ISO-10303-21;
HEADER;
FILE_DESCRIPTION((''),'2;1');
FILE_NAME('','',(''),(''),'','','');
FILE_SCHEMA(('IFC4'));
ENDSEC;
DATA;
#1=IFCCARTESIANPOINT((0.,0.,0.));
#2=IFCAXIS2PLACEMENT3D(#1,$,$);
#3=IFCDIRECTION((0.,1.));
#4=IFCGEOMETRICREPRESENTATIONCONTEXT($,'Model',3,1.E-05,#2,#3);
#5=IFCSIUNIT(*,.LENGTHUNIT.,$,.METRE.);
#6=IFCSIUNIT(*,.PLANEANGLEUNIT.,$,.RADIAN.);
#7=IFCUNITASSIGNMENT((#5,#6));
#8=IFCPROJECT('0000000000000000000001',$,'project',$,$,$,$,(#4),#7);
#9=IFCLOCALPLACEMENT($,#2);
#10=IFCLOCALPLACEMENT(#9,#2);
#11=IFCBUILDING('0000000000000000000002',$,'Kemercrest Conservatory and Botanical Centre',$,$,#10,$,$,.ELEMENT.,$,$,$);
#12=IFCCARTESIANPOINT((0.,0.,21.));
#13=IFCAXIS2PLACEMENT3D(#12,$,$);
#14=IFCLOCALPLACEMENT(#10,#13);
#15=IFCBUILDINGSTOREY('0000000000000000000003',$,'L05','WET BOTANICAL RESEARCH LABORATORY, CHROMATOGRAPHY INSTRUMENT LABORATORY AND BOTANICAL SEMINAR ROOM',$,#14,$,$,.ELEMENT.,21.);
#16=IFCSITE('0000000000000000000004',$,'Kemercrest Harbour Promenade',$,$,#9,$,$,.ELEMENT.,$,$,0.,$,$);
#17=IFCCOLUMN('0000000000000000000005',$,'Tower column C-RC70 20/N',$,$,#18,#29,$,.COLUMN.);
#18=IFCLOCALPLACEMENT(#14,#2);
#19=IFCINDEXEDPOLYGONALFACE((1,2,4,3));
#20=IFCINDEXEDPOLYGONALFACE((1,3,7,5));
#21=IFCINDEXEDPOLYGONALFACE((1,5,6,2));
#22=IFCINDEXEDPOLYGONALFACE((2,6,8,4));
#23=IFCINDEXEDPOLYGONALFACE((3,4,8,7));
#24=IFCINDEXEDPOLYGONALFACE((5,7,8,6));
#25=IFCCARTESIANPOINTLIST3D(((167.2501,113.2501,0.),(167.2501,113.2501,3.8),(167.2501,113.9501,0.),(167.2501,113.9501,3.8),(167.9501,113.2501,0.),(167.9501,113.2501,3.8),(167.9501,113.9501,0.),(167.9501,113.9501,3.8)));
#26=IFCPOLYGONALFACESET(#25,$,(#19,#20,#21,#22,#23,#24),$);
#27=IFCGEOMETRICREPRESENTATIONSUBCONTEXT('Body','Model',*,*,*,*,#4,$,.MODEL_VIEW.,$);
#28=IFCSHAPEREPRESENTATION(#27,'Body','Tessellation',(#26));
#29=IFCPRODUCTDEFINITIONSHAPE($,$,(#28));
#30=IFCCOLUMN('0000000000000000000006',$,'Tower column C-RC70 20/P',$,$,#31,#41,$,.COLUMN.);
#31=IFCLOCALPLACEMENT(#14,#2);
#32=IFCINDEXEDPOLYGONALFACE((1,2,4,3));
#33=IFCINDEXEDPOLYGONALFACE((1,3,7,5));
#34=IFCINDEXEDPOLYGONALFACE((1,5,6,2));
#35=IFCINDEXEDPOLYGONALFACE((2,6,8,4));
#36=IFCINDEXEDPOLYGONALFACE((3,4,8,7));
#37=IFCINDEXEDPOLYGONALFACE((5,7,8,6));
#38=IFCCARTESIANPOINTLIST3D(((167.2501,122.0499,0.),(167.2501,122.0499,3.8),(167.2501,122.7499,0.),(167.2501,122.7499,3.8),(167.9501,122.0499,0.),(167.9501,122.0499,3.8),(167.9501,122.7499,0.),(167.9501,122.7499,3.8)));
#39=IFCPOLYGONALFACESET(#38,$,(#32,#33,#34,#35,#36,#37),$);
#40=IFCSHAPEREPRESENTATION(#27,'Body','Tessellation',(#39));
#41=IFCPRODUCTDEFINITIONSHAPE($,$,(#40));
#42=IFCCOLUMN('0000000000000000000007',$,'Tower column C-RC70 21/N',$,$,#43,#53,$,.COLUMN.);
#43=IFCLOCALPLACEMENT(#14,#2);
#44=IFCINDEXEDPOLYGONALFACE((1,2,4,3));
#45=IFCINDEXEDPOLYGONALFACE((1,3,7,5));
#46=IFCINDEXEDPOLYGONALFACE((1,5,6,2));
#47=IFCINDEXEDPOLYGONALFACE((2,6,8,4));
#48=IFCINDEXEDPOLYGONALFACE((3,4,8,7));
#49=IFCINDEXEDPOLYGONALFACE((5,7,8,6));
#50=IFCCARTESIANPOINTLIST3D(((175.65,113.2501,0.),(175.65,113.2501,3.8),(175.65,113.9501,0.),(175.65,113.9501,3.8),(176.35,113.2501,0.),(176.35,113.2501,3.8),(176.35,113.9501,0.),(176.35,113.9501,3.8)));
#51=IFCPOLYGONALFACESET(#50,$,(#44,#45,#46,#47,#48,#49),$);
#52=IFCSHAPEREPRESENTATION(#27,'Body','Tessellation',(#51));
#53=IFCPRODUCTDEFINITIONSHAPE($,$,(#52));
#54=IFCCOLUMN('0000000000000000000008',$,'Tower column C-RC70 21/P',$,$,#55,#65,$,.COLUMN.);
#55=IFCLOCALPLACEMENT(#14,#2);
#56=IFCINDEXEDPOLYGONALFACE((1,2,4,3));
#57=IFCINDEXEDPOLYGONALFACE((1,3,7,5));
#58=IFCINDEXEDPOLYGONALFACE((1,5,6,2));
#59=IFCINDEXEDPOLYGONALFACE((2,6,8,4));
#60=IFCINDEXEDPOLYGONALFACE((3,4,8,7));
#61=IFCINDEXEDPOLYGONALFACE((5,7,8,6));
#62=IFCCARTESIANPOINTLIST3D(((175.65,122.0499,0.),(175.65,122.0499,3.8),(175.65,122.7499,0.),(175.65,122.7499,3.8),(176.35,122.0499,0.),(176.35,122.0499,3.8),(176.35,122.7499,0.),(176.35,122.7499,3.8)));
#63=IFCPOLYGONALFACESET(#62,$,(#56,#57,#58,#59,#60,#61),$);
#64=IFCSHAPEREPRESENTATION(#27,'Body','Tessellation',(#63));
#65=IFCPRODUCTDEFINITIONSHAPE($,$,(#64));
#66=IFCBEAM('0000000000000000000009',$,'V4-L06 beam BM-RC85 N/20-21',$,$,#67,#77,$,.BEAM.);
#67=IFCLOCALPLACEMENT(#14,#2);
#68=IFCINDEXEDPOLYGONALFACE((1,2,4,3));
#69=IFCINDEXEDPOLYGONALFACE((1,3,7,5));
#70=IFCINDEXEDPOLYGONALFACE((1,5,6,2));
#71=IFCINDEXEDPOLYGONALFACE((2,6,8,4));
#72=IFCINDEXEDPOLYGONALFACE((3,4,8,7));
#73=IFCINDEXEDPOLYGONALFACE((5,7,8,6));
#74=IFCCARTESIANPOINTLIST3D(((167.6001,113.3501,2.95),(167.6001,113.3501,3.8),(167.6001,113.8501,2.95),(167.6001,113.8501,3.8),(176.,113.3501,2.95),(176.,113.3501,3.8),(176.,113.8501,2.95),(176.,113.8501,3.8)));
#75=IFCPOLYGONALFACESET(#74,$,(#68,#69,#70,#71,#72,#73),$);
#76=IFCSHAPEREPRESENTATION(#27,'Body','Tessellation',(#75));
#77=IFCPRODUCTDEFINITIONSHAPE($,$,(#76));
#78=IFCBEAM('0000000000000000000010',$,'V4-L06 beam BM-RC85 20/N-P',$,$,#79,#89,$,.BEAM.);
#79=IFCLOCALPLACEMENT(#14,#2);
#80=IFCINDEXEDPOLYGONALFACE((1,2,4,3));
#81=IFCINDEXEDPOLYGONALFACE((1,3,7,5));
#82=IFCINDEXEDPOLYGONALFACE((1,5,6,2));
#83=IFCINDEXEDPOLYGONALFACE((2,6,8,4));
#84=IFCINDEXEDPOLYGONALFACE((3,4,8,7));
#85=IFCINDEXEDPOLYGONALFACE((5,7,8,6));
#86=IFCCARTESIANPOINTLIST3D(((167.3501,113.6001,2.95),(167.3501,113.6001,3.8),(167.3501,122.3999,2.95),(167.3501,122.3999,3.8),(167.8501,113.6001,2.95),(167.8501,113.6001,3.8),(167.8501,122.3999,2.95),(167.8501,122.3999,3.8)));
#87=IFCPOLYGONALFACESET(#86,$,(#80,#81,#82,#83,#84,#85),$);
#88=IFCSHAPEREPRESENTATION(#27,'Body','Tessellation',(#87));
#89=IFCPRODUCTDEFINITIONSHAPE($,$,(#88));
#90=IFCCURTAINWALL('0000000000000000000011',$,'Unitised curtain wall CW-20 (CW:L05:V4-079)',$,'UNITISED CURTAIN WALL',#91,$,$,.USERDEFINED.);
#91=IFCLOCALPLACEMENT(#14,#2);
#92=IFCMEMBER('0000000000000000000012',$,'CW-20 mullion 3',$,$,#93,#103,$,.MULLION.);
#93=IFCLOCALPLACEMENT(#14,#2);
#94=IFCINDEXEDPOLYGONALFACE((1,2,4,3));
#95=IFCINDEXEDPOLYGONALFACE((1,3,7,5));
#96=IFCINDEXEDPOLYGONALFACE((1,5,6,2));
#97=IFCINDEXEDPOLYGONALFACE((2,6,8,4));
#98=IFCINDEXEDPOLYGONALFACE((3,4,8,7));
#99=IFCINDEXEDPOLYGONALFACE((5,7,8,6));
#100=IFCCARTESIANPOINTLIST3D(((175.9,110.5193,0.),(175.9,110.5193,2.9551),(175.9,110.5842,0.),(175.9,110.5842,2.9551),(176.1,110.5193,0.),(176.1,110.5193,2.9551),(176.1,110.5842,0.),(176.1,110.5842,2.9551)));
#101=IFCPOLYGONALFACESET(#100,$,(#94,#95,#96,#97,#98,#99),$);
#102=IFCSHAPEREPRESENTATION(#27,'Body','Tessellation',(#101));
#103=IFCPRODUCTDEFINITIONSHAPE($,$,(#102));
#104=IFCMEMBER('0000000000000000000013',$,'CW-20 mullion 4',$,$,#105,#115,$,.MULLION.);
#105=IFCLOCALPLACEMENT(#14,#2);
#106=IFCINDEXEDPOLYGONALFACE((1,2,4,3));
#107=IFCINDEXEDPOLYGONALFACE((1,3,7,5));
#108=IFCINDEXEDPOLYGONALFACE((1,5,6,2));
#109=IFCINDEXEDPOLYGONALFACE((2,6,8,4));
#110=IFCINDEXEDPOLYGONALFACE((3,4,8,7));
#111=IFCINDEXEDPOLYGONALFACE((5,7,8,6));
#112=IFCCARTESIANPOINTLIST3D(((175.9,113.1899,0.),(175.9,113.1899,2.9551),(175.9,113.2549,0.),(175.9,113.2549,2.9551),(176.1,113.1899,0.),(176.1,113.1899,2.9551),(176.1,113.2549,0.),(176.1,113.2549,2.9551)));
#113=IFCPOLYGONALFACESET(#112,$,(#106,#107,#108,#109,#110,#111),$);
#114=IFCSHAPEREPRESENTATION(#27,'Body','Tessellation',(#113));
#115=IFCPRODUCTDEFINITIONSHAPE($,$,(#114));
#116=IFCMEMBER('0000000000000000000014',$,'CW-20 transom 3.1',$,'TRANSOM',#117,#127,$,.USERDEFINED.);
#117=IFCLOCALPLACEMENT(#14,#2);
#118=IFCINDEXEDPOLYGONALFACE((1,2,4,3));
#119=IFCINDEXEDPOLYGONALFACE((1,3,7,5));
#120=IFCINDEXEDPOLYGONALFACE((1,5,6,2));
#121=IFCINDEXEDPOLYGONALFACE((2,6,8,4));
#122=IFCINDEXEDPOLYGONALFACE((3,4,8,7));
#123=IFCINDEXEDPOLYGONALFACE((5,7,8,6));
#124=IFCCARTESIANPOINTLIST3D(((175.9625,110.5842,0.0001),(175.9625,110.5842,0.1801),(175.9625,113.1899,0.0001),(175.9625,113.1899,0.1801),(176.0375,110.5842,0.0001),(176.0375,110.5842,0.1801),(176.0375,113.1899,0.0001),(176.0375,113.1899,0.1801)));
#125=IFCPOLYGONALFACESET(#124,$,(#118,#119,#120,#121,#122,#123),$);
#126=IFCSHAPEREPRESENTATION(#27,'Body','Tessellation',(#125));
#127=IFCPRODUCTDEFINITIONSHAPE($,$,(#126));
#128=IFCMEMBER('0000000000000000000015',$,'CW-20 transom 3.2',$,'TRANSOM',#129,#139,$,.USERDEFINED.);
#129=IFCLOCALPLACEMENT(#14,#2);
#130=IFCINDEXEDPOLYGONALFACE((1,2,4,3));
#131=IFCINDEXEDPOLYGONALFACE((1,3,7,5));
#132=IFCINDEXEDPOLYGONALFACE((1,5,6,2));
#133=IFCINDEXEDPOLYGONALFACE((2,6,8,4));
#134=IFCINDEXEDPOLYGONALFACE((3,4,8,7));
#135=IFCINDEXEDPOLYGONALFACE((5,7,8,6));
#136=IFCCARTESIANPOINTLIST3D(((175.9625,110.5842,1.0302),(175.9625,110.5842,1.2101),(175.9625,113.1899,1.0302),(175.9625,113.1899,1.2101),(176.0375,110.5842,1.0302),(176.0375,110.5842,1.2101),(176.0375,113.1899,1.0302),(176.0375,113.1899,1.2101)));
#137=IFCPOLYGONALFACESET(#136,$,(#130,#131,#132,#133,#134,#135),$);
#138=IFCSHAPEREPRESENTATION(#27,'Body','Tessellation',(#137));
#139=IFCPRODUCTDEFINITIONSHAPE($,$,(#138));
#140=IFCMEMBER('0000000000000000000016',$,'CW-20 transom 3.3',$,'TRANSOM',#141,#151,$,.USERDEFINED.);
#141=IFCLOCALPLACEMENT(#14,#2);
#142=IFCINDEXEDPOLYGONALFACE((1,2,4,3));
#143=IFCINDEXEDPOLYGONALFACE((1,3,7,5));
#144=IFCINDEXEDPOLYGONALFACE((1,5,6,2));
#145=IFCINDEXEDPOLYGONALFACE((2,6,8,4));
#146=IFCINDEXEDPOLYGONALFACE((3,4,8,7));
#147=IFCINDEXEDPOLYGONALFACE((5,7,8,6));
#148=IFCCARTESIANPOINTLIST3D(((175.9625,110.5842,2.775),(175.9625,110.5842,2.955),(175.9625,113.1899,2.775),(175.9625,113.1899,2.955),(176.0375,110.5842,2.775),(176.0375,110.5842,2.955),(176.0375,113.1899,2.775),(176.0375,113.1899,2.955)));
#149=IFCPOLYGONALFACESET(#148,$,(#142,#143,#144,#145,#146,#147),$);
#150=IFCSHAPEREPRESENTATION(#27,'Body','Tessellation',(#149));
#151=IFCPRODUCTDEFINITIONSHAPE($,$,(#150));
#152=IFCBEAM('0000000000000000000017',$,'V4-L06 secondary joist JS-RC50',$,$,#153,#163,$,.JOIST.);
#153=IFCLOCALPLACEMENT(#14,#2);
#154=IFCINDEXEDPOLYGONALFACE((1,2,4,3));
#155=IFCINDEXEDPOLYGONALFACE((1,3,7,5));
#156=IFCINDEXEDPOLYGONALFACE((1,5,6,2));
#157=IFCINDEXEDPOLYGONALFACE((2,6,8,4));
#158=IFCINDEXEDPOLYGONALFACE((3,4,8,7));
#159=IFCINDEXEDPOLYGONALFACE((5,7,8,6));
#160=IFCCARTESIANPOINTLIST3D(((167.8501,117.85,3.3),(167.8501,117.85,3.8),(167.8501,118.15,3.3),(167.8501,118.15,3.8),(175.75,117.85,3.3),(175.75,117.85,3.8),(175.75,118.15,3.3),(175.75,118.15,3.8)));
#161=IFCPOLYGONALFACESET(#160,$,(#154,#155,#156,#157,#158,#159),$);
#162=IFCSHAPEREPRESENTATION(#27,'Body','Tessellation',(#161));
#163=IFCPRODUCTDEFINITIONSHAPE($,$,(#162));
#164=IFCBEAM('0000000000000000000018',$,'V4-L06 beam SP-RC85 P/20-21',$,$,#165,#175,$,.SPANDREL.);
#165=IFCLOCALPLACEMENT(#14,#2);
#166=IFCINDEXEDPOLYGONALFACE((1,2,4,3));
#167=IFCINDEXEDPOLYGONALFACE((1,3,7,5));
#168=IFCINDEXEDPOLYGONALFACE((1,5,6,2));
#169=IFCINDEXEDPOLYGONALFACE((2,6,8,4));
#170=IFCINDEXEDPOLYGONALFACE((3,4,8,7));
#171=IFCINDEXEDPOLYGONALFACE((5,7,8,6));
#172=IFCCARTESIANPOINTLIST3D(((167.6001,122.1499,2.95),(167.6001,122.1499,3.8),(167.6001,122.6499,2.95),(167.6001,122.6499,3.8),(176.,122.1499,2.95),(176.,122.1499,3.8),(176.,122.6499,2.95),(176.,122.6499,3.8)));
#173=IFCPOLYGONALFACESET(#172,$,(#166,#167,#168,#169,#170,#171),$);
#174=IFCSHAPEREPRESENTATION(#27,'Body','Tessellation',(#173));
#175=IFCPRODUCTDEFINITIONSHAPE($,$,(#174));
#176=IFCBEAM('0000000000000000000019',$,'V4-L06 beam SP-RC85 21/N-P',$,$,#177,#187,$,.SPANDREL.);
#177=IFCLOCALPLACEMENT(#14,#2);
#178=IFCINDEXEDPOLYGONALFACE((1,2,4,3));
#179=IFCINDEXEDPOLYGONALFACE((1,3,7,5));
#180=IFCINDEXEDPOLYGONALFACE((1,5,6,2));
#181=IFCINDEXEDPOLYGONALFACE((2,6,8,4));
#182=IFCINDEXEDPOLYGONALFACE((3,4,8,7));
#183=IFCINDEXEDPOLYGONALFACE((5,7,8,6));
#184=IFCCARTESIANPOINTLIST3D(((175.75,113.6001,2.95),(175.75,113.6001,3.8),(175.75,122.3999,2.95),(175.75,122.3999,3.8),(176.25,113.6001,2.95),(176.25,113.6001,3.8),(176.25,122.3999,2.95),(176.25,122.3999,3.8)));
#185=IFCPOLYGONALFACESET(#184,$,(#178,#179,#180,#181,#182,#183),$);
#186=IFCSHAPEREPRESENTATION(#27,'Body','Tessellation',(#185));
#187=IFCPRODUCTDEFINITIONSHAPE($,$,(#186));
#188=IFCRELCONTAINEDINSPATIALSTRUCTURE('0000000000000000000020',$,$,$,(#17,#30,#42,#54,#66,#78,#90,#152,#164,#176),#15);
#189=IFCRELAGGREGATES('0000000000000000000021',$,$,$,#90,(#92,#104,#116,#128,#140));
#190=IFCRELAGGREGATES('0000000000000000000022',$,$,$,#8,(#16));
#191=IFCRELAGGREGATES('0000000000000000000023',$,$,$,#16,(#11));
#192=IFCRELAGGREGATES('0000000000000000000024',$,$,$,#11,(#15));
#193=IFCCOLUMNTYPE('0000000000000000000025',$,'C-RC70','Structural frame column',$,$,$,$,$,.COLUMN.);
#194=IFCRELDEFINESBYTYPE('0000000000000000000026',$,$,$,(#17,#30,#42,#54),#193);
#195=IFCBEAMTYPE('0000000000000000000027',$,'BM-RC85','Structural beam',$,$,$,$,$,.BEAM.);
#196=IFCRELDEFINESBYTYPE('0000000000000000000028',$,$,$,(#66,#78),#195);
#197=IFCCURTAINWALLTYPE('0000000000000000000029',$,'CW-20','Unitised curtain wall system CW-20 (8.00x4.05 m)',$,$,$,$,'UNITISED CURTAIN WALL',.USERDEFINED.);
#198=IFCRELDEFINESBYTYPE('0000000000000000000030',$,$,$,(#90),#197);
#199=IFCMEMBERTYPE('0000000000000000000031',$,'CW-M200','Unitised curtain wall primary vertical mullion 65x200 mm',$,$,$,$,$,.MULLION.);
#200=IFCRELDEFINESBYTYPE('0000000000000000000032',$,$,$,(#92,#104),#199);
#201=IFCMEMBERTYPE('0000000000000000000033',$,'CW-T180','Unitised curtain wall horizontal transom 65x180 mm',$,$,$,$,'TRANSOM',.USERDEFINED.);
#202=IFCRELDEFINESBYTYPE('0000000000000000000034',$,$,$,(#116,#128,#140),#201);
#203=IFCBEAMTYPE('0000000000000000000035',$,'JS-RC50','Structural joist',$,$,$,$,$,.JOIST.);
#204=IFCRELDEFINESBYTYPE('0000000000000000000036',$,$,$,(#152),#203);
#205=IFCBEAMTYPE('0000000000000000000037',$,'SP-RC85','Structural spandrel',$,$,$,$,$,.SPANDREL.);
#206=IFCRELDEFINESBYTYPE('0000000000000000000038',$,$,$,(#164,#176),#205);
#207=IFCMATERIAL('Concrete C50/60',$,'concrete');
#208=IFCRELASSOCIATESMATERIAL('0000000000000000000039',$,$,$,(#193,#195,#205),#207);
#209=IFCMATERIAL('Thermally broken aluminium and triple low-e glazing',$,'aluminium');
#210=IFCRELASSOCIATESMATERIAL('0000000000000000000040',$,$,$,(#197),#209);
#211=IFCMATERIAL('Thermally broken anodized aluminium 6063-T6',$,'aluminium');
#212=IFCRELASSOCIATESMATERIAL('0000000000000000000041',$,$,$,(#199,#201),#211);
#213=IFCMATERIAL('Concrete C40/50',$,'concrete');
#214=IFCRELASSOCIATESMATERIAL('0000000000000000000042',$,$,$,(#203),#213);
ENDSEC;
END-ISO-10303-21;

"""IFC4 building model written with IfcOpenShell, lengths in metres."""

from ifc_helpers import new_model, si_unit, direction, frame, origin, origin_2d, place, context, subcontext, project, spatial, rectangle, extrude, material, material_profile, profile_set, type_object, element, aggregate, save


model = new_model("IFC4")

# Units and contexts
model_context = context("Model", 3, precision=1e-05, world=origin(), true_north=direction((0.0, 1.0)))
body_context = subcontext(model_context, "Body", "Model", "MODEL_VIEW")
ifc_project = project(units=[si_unit("LENGTHUNIT", "METRE"), si_unit("PLANEANGLEUNIT", "RADIAN")], contexts=[model_context])

# Site, building, storey
site_placement = place(None, origin())
site = spatial("IfcSite", under=ifc_project, at=site_placement, Name="Kemercrest Harbour Promenade", CompositionType="ELEMENT", RefElevation=0.0)
building_placement = place(site_placement, origin())
building = spatial("IfcBuilding", under=site, at=building_placement, Name="Kemercrest Conservatory and Botanical Centre", CompositionType="ELEMENT")
storey_placement = place(building_placement, frame((0.0, 0.0, 21.0)))
storey = spatial("IfcBuildingStorey", under=building, at=storey_placement, Name="L05", Description="WET BOTANICAL RESEARCH LABORATORY, CHROMATOGRAPHY INSTRUMENT LABORATORY AND BOTANICAL SEMINAR ROOM", CompositionType="ELEMENT", Elevation=21.0)

# Columns
ifc_material_1 = material(Name="Concrete C50/60", Category="concrete")
ifc_material_profile_1 = material_profile(ifc_material_1, rectangle(XDim=0.7, YDim=0.7, at=origin_2d()), Name="RC 700x700")
ifc_profile_set_1 = profile_set([ifc_material_profile_1], Name="Concrete C50/60")
column_type = type_object("IfcColumnType", Name="C-RC70", Description="Structural frame column", PredefinedType="COLUMN", material=ifc_profile_set_1)
for number, where, z_axis, x_axis, name in (
    (1, (167.6001, 113.6001, 0.0), (0.0, 0.0, 1.0), (1.0, 0.0, 0.0), "Tower column C-RC70 20/N"),
    (2, (167.6001, 122.3999, 0.0), (0.0, 0.0, 1.0), (1.0, 0.0, 0.0), "Tower column C-RC70 20/P"),
    (3, (176.0, 113.6001, 0.0), (0.0, 0.0, 1.0), (1.0, 0.0, 0.0), "Tower column C-RC70 21/N"),
    (4, (176.0, 122.3999, 0.0), (0.0, 0.0, 1.0), (1.0, 0.0, 0.0), "Tower column C-RC70 21/P"),
):
    element("IfcColumn", number, at=place(storey_placement, frame(where, z_axis=z_axis, x_axis=x_axis)), inside=storey, type_object=column_type, Name=name, PredefinedType="COLUMN", context=body_context, shape_type="SweptSolid", body=[
        extrude(rectangle(XDim=0.7, YDim=0.7, at=origin_2d()), origin(), (0.0, 0.0, 1.0), 3.8),
    ])

# Beams
ifc_material_profile_2 = material_profile(ifc_material_1, rectangle(XDim=0.5, YDim=0.8501, at=origin_2d()), Name="RC 500x850")
ifc_profile_set_2 = profile_set([ifc_material_profile_2], Name="Concrete C50/60")
beam_type_1 = type_object("IfcBeamType", Name="BM-RC85", Description="Structural beam", PredefinedType="BEAM", material=ifc_profile_set_2)
beam_1_placement = place(storey_placement, frame((167.6001, 113.6001, 3.375), z_axis=(1.0, 0.0, 0.0), x_axis=(0.0, 1.0, 0.0)))
element("IfcBeam", 5, at=beam_1_placement, inside=storey, type_object=beam_type_1, Name="V4-L06 beam BM-RC85 N/20-21", PredefinedType="BEAM", context=body_context, shape_type="SweptSolid", body=[
    extrude(rectangle(XDim=0.5, YDim=0.8501, at=origin_2d()), origin(), (0.0, 0.0, 1.0), 8.3999),
])
beam_2_placement = place(storey_placement, frame((167.6001, 113.6001, 3.375), z_axis=(0.0, 1.0, 0.0), x_axis=(-1.0, 0.0, 0.0)))
element("IfcBeam", 6, at=beam_2_placement, inside=storey, type_object=beam_type_1, Name="V4-L06 beam BM-RC85 20/N-P", PredefinedType="BEAM", context=body_context, shape_type="SweptSolid", body=[
    extrude(rectangle(XDim=0.5, YDim=0.8501, at=origin_2d()), origin(), (0.0, 0.0, 1.0), 8.7998),
])

# Curtain wall, members
ifc_material_2 = material(Name="Thermally broken aluminium and triple low-e glazing", Category="aluminium")
curtain_wall_type = type_object("IfcCurtainWallType", Name="CW-20", Description="Unitised curtain wall system CW-20 (8.00x4.05 m)", ElementType="UNITISED CURTAIN WALL", PredefinedType="USERDEFINED", material=ifc_material_2)
curtain_wall_placement = place(storey_placement, origin())
curtain_wall = element("IfcCurtainWall", 7, at=curtain_wall_placement, inside=storey, type_object=curtain_wall_type, Name="Unitised curtain wall CW-20 (CW:L05:V4-079)", ObjectType="UNITISED CURTAIN WALL", PredefinedType="USERDEFINED")
ifc_material_3 = material(Name="Thermally broken anodized aluminium 6063-T6", Category="aluminium")
ifc_material_profile_3 = material_profile(ifc_material_3, rectangle(XDim=0.2, YDim=0.0649, at=origin_2d()), Name="AL MULLION 65x200")
ifc_profile_set_3 = profile_set([ifc_material_profile_3], Name="Thermally broken anodized aluminium 6063-T6")
member_type_1 = type_object("IfcMemberType", Name="CW-M200", Description="Unitised curtain wall primary vertical mullion 65x200 mm", PredefinedType="MULLION", material=ifc_profile_set_3)
member_1_placement = place(storey_placement, frame((176.0, 110.5518, 0.0), z_axis=(0.0, 0.0, 1.0), x_axis=(-1.0, 0.0, 0.0)))
member_1 = element("IfcMember", 8, at=member_1_placement, type_object=member_type_1, Name="CW-20 mullion 3", PredefinedType="MULLION", context=body_context, shape_type="SweptSolid", body=[
    extrude(rectangle(XDim=0.2, YDim=0.0649, at=origin_2d()), origin(), (0.0, 0.0, 1.0), 2.9551),
])
member_2_placement = place(storey_placement, frame((176.0, 113.2224, 0.0), z_axis=(0.0, 0.0, 1.0), x_axis=(-1.0, 0.0, 0.0)))
member_2 = element("IfcMember", 9, at=member_2_placement, type_object=member_type_1, Name="CW-20 mullion 4", PredefinedType="MULLION", context=body_context, shape_type="SweptSolid", body=[
    extrude(rectangle(XDim=0.2, YDim=0.0649, at=origin_2d()), origin(), (0.0, 0.0, 1.0), 2.9551),
])
ifc_material_profile_4 = material_profile(ifc_material_3, rectangle(XDim=0.075, YDim=0.1799, at=origin_2d()), Name="AL TRANSOM 75x180")
ifc_profile_set_4 = profile_set([ifc_material_profile_4], Name="Thermally broken anodized aluminium 6063-T6")
member_type_2 = type_object("IfcMemberType", Name="CW-T180", Description="Unitised curtain wall horizontal transom 65x180 mm", ElementType="TRANSOM", PredefinedType="USERDEFINED", material=ifc_profile_set_4)
member_3_placement = place(storey_placement, frame((176.0, 110.5842, 0.0901), z_axis=(0.0, 1.0, 0.0), x_axis=(-1.0, 0.0, 0.0)))
member_3 = element("IfcMember", 10, at=member_3_placement, type_object=member_type_2, Name="CW-20 transom 3.1", ObjectType="TRANSOM", PredefinedType="USERDEFINED", context=body_context, shape_type="SweptSolid", body=[
    extrude(rectangle(XDim=0.075, YDim=0.1799, at=origin_2d()), origin(), (0.0, 0.0, 1.0), 2.6057),
])
member_4_placement = place(storey_placement, frame((176.0, 110.5842, 1.1201), z_axis=(0.0, 1.0, 0.0), x_axis=(-1.0, 0.0, 0.0)))
member_4 = element("IfcMember", 11, at=member_4_placement, type_object=member_type_2, Name="CW-20 transom 3.2", ObjectType="TRANSOM", PredefinedType="USERDEFINED", context=body_context, shape_type="SweptSolid", body=[
    extrude(rectangle(XDim=0.075, YDim=0.1799, at=origin_2d()), origin(), (0.0, 0.0, 1.0), 2.6057),
])
member_5_placement = place(storey_placement, frame((176.0, 110.5842, 2.865), z_axis=(0.0, 1.0, 0.0), x_axis=(-1.0, 0.0, 0.0)))
member_5 = element("IfcMember", 12, at=member_5_placement, type_object=member_type_2, Name="CW-20 transom 3.3", ObjectType="TRANSOM", PredefinedType="USERDEFINED", context=body_context, shape_type="SweptSolid", body=[
    extrude(rectangle(XDim=0.075, YDim=0.1799, at=origin_2d()), origin(), (0.0, 0.0, 1.0), 2.6057),
])

# Beams
ifc_material_4 = material(Name="Concrete C40/50", Category="concrete")
ifc_material_profile_5 = material_profile(ifc_material_4, rectangle(XDim=0.3, YDim=0.5, at=origin_2d()), Name="RC 300x500")
ifc_profile_set_5 = profile_set([ifc_material_profile_5], Name="Concrete C40/50")
beam_type_2 = type_object("IfcBeamType", Name="JS-RC50", Description="Structural joist", PredefinedType="JOIST", material=ifc_profile_set_5)
beam_3_placement = place(storey_placement, frame((167.8501, 118.0, 3.55), z_axis=(1.0, 0.0, 0.0), x_axis=(0.0, 1.0, 0.0)))
element("IfcBeam", 13, at=beam_3_placement, inside=storey, type_object=beam_type_2, Name="V4-L06 secondary joist JS-RC50", PredefinedType="JOIST", context=body_context, shape_type="SweptSolid", body=[
    extrude(rectangle(XDim=0.3, YDim=0.5, at=origin_2d()), origin(), (0.0, 0.0, 1.0), 7.8999),
])
ifc_material_profile_6 = material_profile(ifc_material_1, rectangle(XDim=0.5, YDim=0.8501, at=origin_2d()), Name="RC 500x850")
ifc_profile_set_6 = profile_set([ifc_material_profile_6], Name="Concrete C50/60")
beam_type_3 = type_object("IfcBeamType", Name="SP-RC85", Description="Structural spandrel", PredefinedType="SPANDREL", material=ifc_profile_set_6)
beam_4_placement = place(storey_placement, frame((167.6001, 122.3999, 3.375), z_axis=(1.0, 0.0, 0.0), x_axis=(0.0, 1.0, 0.0)))
element("IfcBeam", 14, at=beam_4_placement, inside=storey, type_object=beam_type_3, Name="V4-L06 beam SP-RC85 P/20-21", PredefinedType="SPANDREL", context=body_context, shape_type="SweptSolid", body=[
    extrude(rectangle(XDim=0.5, YDim=0.8501, at=origin_2d()), origin(), (0.0, 0.0, 1.0), 8.3999),
])
beam_5_placement = place(storey_placement, frame((176.0, 113.6001, 3.375), z_axis=(0.0, 1.0, 0.0), x_axis=(-1.0, 0.0, 0.0)))
element("IfcBeam", 15, at=beam_5_placement, inside=storey, type_object=beam_type_3, Name="V4-L06 beam SP-RC85 21/N-P", PredefinedType="SPANDREL", context=body_context, shape_type="SweptSolid", body=[
    extrude(rectangle(XDim=0.5, YDim=0.8501, at=origin_2d()), origin(), (0.0, 0.0, 1.0), 8.7998),
])

aggregate(curtain_wall, [member_1, member_2, member_3, member_4, member_5])

save(model, "model.ifc")
